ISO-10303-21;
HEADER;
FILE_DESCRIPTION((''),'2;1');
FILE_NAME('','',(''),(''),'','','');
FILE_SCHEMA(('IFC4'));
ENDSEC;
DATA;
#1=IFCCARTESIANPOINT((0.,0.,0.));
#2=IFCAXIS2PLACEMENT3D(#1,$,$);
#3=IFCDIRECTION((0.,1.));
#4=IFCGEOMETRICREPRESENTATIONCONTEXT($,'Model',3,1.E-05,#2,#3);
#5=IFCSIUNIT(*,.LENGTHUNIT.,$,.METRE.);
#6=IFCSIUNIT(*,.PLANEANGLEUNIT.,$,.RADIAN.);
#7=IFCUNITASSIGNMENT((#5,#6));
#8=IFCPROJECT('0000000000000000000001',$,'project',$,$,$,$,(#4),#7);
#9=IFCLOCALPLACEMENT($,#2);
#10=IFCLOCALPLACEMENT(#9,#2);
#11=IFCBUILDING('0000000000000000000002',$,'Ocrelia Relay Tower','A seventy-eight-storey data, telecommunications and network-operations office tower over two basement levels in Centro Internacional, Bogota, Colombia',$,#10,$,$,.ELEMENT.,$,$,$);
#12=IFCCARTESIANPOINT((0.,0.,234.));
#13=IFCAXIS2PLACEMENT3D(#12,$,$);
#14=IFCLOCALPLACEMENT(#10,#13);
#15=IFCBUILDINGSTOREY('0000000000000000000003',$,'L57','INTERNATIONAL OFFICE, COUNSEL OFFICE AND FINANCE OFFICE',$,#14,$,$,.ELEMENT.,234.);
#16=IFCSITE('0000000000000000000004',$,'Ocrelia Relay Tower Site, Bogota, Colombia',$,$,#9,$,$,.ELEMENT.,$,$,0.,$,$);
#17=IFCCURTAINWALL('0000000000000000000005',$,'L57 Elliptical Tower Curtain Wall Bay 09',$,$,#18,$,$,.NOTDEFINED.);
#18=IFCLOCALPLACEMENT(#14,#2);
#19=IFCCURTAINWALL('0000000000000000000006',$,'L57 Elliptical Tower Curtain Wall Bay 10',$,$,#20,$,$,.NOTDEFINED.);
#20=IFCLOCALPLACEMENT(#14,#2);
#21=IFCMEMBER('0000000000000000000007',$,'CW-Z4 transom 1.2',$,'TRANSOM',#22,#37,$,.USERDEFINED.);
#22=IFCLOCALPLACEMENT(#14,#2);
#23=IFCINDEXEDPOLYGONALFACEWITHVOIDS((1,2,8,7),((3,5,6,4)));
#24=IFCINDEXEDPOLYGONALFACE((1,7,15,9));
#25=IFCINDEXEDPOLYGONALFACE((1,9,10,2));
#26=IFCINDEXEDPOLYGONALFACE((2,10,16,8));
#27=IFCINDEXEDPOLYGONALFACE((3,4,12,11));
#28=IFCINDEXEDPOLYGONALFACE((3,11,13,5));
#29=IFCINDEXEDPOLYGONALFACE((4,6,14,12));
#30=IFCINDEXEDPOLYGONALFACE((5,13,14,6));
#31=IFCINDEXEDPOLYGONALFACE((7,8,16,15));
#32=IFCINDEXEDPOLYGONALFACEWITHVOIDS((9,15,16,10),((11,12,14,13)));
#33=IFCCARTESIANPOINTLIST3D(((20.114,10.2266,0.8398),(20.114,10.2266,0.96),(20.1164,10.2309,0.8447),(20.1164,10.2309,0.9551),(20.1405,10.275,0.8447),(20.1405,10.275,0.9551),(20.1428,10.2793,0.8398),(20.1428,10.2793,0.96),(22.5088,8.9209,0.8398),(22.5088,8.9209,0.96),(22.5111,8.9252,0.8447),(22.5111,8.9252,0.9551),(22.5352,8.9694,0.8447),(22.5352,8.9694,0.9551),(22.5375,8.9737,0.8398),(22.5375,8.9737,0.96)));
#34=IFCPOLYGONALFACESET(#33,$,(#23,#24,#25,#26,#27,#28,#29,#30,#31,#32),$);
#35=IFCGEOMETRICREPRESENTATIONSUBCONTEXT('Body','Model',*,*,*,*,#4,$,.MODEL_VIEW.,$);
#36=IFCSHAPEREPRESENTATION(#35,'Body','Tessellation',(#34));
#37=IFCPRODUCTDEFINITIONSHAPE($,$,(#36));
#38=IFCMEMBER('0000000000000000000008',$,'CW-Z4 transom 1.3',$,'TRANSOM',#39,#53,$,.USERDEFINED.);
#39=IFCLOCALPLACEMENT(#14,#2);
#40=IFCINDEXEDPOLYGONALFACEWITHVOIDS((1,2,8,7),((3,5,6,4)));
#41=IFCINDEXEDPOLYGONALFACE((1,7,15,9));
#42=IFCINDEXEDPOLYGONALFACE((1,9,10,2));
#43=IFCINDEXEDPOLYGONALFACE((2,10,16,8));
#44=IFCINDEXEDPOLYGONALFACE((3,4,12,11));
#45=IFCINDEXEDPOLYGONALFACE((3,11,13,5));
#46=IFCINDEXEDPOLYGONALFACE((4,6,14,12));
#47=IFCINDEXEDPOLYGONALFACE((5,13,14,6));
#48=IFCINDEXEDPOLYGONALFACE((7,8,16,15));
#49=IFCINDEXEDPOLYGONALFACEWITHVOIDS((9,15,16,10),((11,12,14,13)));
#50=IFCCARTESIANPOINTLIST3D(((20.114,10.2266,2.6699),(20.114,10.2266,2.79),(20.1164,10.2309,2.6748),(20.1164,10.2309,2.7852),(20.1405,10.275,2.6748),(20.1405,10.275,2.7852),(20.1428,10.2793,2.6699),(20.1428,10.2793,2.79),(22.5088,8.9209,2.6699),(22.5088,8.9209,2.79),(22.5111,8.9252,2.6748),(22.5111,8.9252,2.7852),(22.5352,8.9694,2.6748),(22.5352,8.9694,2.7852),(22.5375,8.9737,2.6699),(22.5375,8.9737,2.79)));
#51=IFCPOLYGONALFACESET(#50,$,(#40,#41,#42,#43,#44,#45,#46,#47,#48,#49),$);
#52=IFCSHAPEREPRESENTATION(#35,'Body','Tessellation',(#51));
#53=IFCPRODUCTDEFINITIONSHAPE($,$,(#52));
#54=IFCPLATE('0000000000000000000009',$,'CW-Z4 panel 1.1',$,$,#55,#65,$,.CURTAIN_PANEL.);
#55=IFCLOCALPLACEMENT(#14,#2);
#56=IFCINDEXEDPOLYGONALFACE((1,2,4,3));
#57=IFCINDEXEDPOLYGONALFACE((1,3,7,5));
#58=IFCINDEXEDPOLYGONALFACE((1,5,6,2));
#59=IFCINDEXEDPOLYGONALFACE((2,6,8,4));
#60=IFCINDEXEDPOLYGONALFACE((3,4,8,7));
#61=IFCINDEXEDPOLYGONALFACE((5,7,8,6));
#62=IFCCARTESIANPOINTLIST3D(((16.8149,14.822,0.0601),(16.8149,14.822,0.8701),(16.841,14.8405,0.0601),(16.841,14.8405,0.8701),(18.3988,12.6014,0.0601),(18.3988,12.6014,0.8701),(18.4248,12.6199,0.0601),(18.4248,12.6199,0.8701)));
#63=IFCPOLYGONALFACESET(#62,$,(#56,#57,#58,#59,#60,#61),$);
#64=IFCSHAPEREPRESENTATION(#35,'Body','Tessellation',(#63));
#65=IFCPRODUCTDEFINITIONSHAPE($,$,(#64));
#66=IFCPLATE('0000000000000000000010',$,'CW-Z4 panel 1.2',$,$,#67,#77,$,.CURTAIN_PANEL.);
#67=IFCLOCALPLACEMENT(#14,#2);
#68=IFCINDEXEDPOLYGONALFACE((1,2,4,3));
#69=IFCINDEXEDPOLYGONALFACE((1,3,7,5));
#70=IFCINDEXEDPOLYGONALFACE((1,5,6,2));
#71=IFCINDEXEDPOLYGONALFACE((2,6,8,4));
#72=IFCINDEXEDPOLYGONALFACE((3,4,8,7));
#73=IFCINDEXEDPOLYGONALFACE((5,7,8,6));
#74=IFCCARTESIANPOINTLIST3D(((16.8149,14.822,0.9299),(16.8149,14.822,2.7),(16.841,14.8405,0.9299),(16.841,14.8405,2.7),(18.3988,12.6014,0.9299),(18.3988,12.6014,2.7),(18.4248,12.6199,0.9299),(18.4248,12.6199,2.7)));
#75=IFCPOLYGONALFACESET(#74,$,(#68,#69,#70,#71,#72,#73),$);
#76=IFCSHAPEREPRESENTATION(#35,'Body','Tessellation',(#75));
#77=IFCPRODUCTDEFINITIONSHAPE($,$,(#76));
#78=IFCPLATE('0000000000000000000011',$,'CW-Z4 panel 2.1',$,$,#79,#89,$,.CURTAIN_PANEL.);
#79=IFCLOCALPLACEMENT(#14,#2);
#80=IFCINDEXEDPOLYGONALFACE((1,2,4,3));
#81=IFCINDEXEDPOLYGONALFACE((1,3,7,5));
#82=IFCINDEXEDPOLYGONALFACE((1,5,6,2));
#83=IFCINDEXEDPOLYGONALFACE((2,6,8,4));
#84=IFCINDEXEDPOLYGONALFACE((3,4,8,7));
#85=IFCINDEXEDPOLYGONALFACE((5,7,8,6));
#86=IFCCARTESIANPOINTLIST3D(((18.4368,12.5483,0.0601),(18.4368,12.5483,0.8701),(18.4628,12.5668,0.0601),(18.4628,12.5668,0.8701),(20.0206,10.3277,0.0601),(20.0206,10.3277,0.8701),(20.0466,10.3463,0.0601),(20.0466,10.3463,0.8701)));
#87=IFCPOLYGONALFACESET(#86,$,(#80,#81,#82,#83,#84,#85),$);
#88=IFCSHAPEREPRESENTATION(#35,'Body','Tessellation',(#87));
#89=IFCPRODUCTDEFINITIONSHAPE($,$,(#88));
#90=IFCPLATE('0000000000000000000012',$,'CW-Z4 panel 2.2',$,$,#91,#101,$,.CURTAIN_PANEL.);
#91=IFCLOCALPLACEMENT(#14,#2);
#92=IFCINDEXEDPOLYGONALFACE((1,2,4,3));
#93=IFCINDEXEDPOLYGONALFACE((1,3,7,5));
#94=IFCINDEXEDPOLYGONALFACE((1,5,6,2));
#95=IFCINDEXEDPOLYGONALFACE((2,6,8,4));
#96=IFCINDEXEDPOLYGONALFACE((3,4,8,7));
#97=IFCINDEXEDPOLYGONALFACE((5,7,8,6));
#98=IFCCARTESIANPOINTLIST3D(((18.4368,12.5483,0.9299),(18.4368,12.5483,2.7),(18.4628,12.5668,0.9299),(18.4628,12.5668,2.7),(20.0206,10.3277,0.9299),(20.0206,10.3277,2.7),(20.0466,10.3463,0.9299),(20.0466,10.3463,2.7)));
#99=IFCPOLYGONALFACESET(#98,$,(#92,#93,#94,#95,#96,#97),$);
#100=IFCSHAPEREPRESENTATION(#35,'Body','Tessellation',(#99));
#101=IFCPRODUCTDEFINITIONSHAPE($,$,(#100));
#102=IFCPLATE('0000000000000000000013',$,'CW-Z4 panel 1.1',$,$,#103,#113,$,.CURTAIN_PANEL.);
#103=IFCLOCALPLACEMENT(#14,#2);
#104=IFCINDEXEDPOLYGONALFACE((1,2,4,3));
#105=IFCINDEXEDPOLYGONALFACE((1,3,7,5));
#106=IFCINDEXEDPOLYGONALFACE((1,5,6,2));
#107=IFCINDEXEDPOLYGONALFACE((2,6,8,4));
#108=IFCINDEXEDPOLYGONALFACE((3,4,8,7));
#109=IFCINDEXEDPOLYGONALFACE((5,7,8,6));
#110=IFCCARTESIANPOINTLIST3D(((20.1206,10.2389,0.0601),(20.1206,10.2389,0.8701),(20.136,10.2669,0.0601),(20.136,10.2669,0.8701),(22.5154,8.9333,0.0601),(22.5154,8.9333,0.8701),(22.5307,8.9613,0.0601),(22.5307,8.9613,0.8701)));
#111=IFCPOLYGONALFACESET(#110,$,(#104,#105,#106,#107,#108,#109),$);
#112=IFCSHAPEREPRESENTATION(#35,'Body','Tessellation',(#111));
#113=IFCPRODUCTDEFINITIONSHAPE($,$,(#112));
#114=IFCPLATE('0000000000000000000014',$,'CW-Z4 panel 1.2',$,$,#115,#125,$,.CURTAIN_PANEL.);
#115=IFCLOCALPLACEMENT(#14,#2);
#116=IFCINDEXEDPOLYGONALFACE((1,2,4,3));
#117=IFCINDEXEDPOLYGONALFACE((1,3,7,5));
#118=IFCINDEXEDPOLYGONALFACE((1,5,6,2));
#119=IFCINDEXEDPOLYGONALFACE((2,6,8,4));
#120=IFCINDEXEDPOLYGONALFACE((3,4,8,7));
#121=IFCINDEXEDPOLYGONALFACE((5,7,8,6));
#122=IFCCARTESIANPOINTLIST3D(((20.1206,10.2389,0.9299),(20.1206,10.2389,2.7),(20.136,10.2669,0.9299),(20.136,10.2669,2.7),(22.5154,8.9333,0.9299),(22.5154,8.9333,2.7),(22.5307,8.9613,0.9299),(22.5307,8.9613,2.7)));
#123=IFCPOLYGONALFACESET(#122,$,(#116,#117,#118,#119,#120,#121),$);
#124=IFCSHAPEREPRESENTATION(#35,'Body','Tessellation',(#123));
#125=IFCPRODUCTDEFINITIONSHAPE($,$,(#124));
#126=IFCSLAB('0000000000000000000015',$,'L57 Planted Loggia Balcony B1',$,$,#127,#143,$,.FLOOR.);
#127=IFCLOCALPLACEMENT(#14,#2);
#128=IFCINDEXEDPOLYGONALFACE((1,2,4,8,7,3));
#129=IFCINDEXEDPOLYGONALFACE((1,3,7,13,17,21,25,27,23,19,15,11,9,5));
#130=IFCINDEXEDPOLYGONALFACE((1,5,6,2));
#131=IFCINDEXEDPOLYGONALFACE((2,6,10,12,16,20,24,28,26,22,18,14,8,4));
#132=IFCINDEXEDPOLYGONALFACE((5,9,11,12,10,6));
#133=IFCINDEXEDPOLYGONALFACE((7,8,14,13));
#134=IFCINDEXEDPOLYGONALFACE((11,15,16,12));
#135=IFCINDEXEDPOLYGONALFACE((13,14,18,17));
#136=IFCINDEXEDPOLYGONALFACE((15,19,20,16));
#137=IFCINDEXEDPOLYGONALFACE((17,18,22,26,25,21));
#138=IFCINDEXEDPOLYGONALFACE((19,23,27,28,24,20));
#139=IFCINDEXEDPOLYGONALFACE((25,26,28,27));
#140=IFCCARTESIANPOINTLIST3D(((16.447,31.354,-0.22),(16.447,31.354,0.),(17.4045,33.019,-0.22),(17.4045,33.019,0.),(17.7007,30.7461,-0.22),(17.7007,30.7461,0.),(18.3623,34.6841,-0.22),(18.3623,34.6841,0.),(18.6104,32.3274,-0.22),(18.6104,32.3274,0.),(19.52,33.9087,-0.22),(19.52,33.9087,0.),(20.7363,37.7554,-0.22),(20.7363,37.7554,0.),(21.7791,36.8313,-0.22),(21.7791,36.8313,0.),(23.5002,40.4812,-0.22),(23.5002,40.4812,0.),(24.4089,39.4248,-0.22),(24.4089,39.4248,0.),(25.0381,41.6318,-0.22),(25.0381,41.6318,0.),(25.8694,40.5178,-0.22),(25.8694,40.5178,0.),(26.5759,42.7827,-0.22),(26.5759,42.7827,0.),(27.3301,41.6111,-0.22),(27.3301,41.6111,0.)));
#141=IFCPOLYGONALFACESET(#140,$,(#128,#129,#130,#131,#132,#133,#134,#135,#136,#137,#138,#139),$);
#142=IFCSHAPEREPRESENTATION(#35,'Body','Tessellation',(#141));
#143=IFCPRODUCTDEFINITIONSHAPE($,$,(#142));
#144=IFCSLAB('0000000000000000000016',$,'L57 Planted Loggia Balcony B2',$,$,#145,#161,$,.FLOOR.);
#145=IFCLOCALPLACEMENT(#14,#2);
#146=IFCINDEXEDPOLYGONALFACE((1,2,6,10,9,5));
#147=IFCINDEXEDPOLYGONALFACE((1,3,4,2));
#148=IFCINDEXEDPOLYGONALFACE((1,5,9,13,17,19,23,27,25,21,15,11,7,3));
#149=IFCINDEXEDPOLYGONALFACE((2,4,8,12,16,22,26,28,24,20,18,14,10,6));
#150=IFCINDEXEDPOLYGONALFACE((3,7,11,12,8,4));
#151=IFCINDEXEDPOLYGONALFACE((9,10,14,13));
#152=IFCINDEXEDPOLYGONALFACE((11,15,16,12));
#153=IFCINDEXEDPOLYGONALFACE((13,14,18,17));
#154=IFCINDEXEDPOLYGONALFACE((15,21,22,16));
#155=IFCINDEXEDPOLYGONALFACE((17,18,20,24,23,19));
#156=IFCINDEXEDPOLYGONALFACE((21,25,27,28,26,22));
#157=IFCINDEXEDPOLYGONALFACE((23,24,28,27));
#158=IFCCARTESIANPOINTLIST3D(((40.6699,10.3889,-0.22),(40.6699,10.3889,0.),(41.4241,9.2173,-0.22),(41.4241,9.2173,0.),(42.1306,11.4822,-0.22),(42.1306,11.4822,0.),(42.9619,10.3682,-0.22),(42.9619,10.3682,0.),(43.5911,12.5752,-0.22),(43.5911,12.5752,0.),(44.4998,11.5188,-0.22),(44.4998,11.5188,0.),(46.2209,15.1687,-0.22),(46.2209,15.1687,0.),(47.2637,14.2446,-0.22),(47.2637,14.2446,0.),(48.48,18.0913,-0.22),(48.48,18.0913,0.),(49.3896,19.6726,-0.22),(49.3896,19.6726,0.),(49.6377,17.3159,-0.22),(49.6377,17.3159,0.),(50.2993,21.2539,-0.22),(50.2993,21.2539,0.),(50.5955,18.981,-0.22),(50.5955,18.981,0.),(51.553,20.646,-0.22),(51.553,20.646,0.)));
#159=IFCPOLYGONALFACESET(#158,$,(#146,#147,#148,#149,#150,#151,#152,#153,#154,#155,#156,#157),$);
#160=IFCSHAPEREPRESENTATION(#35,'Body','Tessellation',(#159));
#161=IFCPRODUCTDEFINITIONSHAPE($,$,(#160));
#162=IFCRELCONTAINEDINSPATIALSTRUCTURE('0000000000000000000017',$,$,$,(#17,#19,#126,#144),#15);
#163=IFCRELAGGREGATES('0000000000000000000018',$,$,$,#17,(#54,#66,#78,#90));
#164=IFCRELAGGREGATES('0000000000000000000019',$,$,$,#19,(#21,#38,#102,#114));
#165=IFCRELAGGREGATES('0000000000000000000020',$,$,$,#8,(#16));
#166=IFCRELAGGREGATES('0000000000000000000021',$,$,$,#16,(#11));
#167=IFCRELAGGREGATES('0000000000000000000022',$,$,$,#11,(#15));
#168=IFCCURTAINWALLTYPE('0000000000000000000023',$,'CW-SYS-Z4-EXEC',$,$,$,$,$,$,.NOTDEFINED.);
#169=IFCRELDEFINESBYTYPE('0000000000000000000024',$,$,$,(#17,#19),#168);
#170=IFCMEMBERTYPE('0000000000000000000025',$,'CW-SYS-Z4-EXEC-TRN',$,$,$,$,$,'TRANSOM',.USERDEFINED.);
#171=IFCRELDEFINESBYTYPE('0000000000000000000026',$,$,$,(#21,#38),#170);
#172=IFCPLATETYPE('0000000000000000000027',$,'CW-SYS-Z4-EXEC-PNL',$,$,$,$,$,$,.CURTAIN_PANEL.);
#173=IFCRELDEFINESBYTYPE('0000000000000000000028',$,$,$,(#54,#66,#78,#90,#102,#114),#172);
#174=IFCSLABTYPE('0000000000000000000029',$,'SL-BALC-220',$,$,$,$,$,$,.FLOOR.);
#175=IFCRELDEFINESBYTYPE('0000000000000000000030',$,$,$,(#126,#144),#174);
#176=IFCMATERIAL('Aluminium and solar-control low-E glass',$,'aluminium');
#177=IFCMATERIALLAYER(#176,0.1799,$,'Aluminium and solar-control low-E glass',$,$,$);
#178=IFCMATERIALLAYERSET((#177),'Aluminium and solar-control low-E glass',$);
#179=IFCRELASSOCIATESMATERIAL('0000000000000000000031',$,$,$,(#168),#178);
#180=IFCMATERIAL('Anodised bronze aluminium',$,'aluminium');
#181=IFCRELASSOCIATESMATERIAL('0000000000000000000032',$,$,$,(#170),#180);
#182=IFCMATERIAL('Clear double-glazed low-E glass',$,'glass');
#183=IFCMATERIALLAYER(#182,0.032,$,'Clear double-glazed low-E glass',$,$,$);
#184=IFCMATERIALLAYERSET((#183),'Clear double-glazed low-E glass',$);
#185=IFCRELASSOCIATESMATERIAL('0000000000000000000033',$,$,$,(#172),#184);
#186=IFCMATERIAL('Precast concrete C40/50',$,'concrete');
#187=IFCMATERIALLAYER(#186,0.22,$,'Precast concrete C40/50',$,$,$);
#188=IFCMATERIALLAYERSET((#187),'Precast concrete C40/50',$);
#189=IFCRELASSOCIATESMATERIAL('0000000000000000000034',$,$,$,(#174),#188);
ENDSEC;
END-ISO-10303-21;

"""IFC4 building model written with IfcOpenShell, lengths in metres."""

from ifc_helpers import new_model, si_unit, direction, frame, origin, origin_2d, place, context, subcontext, project, spatial, polyline, rectangle, hollow_rectangle, outline, extrude, material, layer, layer_set, material_profile, profile_set, type_object, element, aggregate, save


model = new_model("IFC4")

# Units and contexts
model_context = context("Model", 3, precision=1e-05, world=origin(), true_north=direction((0.0, 1.0)))
body_context = subcontext(model_context, "Body", "Model", "MODEL_VIEW")
ifc_project = project(units=[si_unit("LENGTHUNIT", "METRE"), si_unit("PLANEANGLEUNIT", "RADIAN")], contexts=[model_context])

# Site, building, storey
site_placement = place(None, origin())
site = spatial("IfcSite", under=ifc_project, at=site_placement, Name="Ocrelia Relay Tower Site, Bogota, Colombia", CompositionType="ELEMENT", RefElevation=0.0)
building_placement = place(site_placement, origin())
building = spatial("IfcBuilding", under=site, at=building_placement, Name="Ocrelia Relay Tower", Description="A seventy-eight-storey data, telecommunications and network-operations office tower over two basement levels in Centro Internacional, Bogota, Colombia", CompositionType="ELEMENT")
storey_placement = place(building_placement, frame((0.0, 0.0, 234.0)))
storey = spatial("IfcBuildingStorey", under=building, at=storey_placement, Name="L57", Description="INTERNATIONAL OFFICE, COUNSEL OFFICE AND FINANCE OFFICE", CompositionType="ELEMENT", Elevation=234.0)

# Curtain wall
ifc_material_1 = material(Name="Aluminium and solar-control low-E glass", Category="aluminium")
ifc_layer_1 = layer(ifc_material_1, 0.1799, Name="Aluminium and solar-control low-E glass")
ifc_layer_set_1 = layer_set([ifc_layer_1], Name="Aluminium and solar-control low-E glass")
curtain_wall_type = type_object("IfcCurtainWallType", Name="CW-SYS-Z4-EXEC", PredefinedType="NOTDEFINED", material=ifc_layer_set_1)
curtain_wall_1_placement = place(storey_placement, origin())
curtain_wall_1 = element("IfcCurtainWall", 1, at=curtain_wall_1_placement, inside=storey, type_object=curtain_wall_type, Name="L57 Elliptical Tower Curtain Wall Bay 09", PredefinedType="NOTDEFINED")
ifc_material_2 = material(Name="Anodised bronze aluminium", Category="aluminium")

# Curtain wall
curtain_wall_2_placement = place(storey_placement, origin())
curtain_wall_2 = element("IfcCurtainWall", 2, at=curtain_wall_2_placement, inside=storey, type_object=curtain_wall_type, Name="L57 Elliptical Tower Curtain Wall Bay 10", PredefinedType="NOTDEFINED")

# Members
ifc_material_profile_1 = material_profile(ifc_material_2, hollow_rectangle(XDim=0.0601, YDim=0.1201, WallThickness=0.0049, at=origin_2d()), Name="CW-TRN-120x60")
ifc_profile_set_1 = profile_set([ifc_material_profile_1], Name="Anodised bronze aluminium")
member_type_1 = type_object("IfcMemberType", Name="CW-SYS-Z4-EXEC-TRN", ElementType="TRANSOM", PredefinedType="USERDEFINED", material=ifc_profile_set_1)
member_1_placement = place(storey_placement, frame((20.1284, 10.2529, 0.8999), z_axis=(0.877984, -0.478689, 0.0), x_axis=(0.478689, 0.877984, 0.0)))
member_1 = element("IfcMember", 3, at=member_1_placement, type_object=member_type_1, Name="CW-Z4 transom 1.2", ObjectType="TRANSOM", PredefinedType="USERDEFINED", context=body_context, shape_type="SweptSolid", body=[
    extrude(hollow_rectangle(XDim=0.0601, YDim=0.1201, WallThickness=0.0049, at=origin_2d()), origin(), (0.0, 0.0, 1.0), 2.7275),
])
member_2_placement = place(storey_placement, frame((20.1284, 10.2529, 2.73), z_axis=(0.877984, -0.478689, 0.0), x_axis=(0.478689, 0.877984, 0.0)))
member_2 = element("IfcMember", 4, at=member_2_placement, type_object=member_type_1, Name="CW-Z4 transom 1.3", ObjectType="TRANSOM", PredefinedType="USERDEFINED", context=body_context, shape_type="SweptSolid", body=[
    extrude(hollow_rectangle(XDim=0.0601, YDim=0.1201, WallThickness=0.0049, at=origin_2d()), origin(), (0.0, 0.0, 1.0), 2.7275),
])

# Plates
ifc_material_3 = material(Name="Clear double-glazed low-E glass", Category="glass")
ifc_layer_2 = layer(ifc_material_3, 0.032, Name="Clear double-glazed low-E glass")
ifc_layer_set_2 = layer_set([ifc_layer_2], Name="Clear double-glazed low-E glass")
plate_type = type_object("IfcPlateType", Name="CW-SYS-Z4-EXEC-PNL", PredefinedType="CURTAIN_PANEL", material=ifc_layer_set_2)
plate_1_placement = place(storey_placement, frame((17.6199, 13.7209, 0.0601), z_axis=(0.0, 0.0, 1.0), x_axis=(0.580677, -0.814134, 0.0)))
plate_1 = element("IfcPlate", 5, at=plate_1_placement, type_object=plate_type, Name="CW-Z4 panel 1.1", PredefinedType="CURTAIN_PANEL", context=body_context, shape_type="SweptSolid", body=[
    extrude(rectangle(XDim=2.7275, YDim=0.032, at=origin_2d()), origin(), (0.0, 0.0, 1.0), 0.8101),
])
plate_2_placement = place(storey_placement, frame((17.6199, 13.7209, 0.9299), z_axis=(0.0, 0.0, 1.0), x_axis=(0.580677, -0.814134, 0.0)))
plate_2 = element("IfcPlate", 6, at=plate_2_placement, type_object=plate_type, Name="CW-Z4 panel 1.2", PredefinedType="CURTAIN_PANEL", context=body_context, shape_type="SweptSolid", body=[
    extrude(rectangle(XDim=2.7275, YDim=0.032, at=origin_2d()), origin(), (0.0, 0.0, 1.0), 1.77),
])
plate_3_placement = place(storey_placement, frame((19.2417, 11.4473, 0.0601), z_axis=(0.0, 0.0, 1.0), x_axis=(0.580677, -0.814134, 0.0)))
plate_3 = element("IfcPlate", 7, at=plate_3_placement, type_object=plate_type, Name="CW-Z4 panel 2.1", PredefinedType="CURTAIN_PANEL", context=body_context, shape_type="SweptSolid", body=[
    extrude(rectangle(XDim=2.7275, YDim=0.032, at=origin_2d()), origin(), (0.0, 0.0, 1.0), 0.8101),
])
plate_4_placement = place(storey_placement, frame((19.2417, 11.4473, 0.9299), z_axis=(0.0, 0.0, 1.0), x_axis=(0.580677, -0.814134, 0.0)))
plate_4 = element("IfcPlate", 8, at=plate_4_placement, type_object=plate_type, Name="CW-Z4 panel 2.2", PredefinedType="CURTAIN_PANEL", context=body_context, shape_type="SweptSolid", body=[
    extrude(rectangle(XDim=2.7275, YDim=0.032, at=origin_2d()), origin(), (0.0, 0.0, 1.0), 1.77),
])
aggregate(curtain_wall_1, [plate_1, plate_2, plate_3, plate_4])
plate_5_placement = place(storey_placement, frame((21.3257, 9.6001, 0.0601), z_axis=(0.0, 0.0, 1.0), x_axis=(0.877996, -0.478669, 0.0)))
plate_5 = element("IfcPlate", 9, at=plate_5_placement, type_object=plate_type, Name="CW-Z4 panel 1.1", PredefinedType="CURTAIN_PANEL", context=body_context, shape_type="SweptSolid", body=[
    extrude(rectangle(XDim=2.7275, YDim=0.032, at=origin_2d()), origin(), (0.0, 0.0, 1.0), 0.8101),
])
plate_6_placement = place(storey_placement, frame((21.3257, 9.6001, 0.9299), z_axis=(0.0, 0.0, 1.0), x_axis=(0.877996, -0.478669, 0.0)))
plate_6 = element("IfcPlate", 10, at=plate_6_placement, type_object=plate_type, Name="CW-Z4 panel 1.2", PredefinedType="CURTAIN_PANEL", context=body_context, shape_type="SweptSolid", body=[
    extrude(rectangle(XDim=2.7275, YDim=0.032, at=origin_2d()), origin(), (0.0, 0.0, 1.0), 1.77),
])
aggregate(curtain_wall_2, [member_1, member_2, plate_5, plate_6])

# Slabs
ifc_material_4 = material(Name="Precast concrete C40/50", Category="concrete")
ifc_layer_3 = layer(ifc_material_4, 0.22, Name="Precast concrete C40/50")
ifc_layer_set_3 = layer_set([ifc_layer_3], Name="Precast concrete C40/50")
slab_type_1 = type_object("IfcSlabType", Name="SL-BALC-220", PredefinedType="FLOOR", material=ifc_layer_set_3)
slab_1_placement = place(storey_placement, frame((0.0, 0.0, -0.22)))
element("IfcSlab", 11, at=slab_1_placement, inside=storey, type_object=slab_type_1, Name="L57 Planted Loggia Balcony B1", PredefinedType="FLOOR", context=body_context, shape_type="SweptSolid", body=[
    extrude(outline(polyline([(27.3301, 41.6111), (25.8694, 40.5178), (24.4089, 39.4248), (21.7791, 36.8313), (19.52, 33.9087), (18.6104, 32.3274), (17.7007, 30.7461), (16.447, 31.354), (17.4045, 33.019), (18.3623, 34.6841), (20.7363, 37.7554), (23.5002, 40.4812), (25.0381, 41.6318), (26.5759, 42.7827), (27.3301, 41.6111)])), origin(), (0.0, 0.0, 1.0), 0.22),
])
slab_2_placement = place(storey_placement, frame((0.0, 0.0, -0.22)))
element("IfcSlab", 12, at=slab_2_placement, inside=storey, type_object=slab_type_1, Name="L57 Planted Loggia Balcony B2", PredefinedType="FLOOR", context=body_context, shape_type="SweptSolid", body=[
    extrude(outline(polyline([(40.6699, 10.3889), (42.1306, 11.4822), (43.5911, 12.5752), (46.2209, 15.1687), (48.48, 18.0913), (49.3896, 19.6726), (50.2993, 21.2539), (51.553, 20.646), (50.5955, 18.981), (49.6377, 17.3159), (47.2637, 14.2446), (44.4998, 11.5188), (42.9619, 10.3682), (41.4241, 9.2173), (40.6699, 10.3889)])), origin(), (0.0, 0.0, 1.0), 0.22),
])

save(model, "model.ifc")
